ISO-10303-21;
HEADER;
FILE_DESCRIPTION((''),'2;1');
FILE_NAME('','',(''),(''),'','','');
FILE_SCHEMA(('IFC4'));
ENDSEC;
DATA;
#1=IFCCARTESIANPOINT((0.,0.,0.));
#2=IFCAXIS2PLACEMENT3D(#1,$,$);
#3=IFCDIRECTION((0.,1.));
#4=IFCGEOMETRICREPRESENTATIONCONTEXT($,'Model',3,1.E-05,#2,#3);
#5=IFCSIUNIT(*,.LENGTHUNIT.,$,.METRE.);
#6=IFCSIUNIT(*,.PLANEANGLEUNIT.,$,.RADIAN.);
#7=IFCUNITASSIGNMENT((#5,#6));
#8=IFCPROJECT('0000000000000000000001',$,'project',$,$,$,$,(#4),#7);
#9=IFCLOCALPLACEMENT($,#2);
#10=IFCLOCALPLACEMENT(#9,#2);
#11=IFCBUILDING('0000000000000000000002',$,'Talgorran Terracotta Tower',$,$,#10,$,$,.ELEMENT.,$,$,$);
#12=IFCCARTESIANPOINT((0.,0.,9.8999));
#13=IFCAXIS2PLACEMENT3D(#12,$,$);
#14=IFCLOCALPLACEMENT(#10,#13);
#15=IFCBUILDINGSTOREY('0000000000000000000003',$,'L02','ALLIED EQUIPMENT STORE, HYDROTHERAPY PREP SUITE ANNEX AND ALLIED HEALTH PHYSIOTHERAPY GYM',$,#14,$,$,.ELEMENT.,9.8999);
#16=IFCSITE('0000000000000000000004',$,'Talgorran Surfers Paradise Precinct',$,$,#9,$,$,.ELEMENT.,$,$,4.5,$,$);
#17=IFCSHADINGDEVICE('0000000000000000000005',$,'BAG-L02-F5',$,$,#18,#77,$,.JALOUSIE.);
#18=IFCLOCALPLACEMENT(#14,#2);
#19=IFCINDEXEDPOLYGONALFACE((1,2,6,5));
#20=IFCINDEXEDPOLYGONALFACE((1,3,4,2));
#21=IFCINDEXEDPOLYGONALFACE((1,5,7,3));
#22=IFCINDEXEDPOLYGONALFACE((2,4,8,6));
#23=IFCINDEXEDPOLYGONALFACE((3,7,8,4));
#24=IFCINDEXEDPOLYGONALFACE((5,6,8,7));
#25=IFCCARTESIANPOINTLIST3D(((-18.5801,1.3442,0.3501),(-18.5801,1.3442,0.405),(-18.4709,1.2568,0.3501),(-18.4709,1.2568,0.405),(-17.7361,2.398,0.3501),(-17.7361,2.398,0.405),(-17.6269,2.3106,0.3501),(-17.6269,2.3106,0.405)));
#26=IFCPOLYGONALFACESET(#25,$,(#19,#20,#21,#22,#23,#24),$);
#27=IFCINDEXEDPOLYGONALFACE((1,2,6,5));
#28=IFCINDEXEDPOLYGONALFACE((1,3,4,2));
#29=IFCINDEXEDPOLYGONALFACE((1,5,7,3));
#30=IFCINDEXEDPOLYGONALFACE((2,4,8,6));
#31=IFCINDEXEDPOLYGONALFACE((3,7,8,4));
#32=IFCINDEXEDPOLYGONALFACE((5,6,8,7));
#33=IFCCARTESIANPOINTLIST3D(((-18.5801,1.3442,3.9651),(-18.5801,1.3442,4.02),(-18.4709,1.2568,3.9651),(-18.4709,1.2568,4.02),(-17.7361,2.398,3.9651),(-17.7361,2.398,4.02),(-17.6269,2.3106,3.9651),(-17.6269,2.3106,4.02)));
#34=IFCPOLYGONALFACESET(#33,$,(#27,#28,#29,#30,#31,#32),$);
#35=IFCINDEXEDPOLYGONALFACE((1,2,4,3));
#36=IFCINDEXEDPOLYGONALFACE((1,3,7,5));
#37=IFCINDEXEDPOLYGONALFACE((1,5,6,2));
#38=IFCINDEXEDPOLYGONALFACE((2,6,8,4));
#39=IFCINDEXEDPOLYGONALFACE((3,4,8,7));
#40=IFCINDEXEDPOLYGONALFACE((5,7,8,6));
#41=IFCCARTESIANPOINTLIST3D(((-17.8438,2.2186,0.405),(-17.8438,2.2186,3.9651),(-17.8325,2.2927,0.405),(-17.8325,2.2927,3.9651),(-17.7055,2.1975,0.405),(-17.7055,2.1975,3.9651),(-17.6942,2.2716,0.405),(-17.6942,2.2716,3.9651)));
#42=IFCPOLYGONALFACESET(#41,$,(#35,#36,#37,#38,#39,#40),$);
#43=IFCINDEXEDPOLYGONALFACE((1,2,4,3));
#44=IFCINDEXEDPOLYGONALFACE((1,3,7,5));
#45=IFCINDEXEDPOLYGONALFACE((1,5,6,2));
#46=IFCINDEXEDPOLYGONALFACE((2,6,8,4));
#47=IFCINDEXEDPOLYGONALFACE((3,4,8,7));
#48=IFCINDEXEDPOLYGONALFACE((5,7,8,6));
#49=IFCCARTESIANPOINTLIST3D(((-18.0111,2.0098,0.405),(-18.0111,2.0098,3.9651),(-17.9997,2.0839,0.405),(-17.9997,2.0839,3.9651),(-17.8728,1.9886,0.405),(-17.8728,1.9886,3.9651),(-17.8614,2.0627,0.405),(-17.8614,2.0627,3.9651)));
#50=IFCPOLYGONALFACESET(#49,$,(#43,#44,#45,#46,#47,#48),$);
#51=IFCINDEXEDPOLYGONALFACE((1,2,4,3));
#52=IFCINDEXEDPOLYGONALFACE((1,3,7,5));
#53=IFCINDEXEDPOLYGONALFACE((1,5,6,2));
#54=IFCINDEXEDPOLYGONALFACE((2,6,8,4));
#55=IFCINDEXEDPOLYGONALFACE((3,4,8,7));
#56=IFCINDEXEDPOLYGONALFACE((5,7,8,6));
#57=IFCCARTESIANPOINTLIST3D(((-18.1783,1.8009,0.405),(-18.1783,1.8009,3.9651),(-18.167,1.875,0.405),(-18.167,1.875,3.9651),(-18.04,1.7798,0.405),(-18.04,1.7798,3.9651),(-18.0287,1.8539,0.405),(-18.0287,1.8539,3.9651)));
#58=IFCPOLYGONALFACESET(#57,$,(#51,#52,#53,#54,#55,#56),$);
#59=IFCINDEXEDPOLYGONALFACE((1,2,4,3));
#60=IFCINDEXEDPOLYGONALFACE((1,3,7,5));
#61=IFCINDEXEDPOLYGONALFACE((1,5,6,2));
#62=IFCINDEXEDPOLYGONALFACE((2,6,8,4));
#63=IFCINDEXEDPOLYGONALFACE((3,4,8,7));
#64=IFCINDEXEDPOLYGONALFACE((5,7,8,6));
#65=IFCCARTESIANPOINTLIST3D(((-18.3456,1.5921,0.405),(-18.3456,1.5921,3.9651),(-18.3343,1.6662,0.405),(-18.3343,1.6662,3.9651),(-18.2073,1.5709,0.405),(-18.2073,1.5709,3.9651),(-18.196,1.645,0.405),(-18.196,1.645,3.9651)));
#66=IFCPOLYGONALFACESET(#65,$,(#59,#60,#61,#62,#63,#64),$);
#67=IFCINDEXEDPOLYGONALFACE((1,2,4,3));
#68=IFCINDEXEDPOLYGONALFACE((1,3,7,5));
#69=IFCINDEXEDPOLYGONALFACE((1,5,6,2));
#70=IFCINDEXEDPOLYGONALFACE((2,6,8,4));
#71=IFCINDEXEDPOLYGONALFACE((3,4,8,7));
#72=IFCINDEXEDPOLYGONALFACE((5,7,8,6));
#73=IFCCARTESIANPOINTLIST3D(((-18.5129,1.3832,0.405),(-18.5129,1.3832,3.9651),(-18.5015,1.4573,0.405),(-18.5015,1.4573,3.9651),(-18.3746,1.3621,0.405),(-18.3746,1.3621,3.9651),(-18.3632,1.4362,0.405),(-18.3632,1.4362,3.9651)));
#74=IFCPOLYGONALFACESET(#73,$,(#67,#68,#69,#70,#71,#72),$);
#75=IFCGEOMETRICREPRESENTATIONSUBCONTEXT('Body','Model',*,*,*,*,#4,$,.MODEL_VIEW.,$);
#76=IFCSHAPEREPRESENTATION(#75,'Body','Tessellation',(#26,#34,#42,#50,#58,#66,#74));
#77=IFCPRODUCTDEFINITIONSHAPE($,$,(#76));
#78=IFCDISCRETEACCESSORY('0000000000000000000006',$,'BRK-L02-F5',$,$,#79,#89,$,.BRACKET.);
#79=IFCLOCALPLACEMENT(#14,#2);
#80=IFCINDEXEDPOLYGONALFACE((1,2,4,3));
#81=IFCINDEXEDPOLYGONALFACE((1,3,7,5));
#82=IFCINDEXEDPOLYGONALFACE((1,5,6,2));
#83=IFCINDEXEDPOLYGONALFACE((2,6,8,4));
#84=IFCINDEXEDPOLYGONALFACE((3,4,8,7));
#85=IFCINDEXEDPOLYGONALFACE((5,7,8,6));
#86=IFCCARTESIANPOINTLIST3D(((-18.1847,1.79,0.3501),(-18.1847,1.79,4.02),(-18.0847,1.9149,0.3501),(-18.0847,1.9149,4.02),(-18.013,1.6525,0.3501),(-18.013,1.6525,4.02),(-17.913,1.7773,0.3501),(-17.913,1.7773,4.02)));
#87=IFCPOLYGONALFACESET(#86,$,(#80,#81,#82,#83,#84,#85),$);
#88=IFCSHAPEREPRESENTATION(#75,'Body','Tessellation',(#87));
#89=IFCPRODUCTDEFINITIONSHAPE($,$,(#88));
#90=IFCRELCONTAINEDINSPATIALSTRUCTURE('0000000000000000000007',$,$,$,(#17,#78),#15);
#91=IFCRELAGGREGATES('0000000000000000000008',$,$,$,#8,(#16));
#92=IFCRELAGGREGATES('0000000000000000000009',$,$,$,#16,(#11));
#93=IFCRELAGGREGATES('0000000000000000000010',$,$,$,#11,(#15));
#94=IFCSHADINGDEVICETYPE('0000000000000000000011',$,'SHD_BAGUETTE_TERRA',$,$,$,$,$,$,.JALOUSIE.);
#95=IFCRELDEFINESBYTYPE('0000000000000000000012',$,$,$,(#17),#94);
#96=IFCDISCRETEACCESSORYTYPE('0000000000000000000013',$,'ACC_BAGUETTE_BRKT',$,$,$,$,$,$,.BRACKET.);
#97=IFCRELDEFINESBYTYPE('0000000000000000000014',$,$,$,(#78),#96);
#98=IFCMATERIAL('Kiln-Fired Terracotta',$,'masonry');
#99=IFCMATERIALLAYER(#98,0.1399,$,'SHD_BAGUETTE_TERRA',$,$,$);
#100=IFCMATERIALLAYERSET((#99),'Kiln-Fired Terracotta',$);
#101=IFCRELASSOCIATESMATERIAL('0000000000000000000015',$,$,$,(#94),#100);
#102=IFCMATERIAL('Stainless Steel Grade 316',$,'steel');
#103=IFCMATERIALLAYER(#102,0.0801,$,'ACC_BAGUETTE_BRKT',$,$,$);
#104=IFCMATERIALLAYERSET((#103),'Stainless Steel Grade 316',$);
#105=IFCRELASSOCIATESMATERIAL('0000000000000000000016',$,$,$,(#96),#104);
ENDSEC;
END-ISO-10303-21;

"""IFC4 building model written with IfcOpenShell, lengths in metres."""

from ifc_helpers import new_model, si_unit, direction, frame, origin, origin_2d, place, context, subcontext, project, spatial, rectangle, extrude, source, transform, mapped, material, layer, layer_set, type_object, type_shapes, element, save


model = new_model("IFC4")

# Units and contexts
model_context = context("Model", 3, precision=1e-05, world=origin(), true_north=direction((0.0, 1.0)))
body_context = subcontext(model_context, "Body", "Model", "MODEL_VIEW")
ifc_project = project(units=[si_unit("LENGTHUNIT", "METRE"), si_unit("PLANEANGLEUNIT", "RADIAN")], contexts=[model_context])

# Site, building, storey
site_placement = place(None, origin())
site = spatial("IfcSite", under=ifc_project, at=site_placement, Name="Talgorran Surfers Paradise Precinct", CompositionType="ELEMENT", RefElevation=4.5)
building_placement = place(site_placement, origin())
building = spatial("IfcBuilding", under=site, at=building_placement, Name="Talgorran Terracotta Tower", CompositionType="ELEMENT")
storey_placement = place(building_placement, frame((0.0, 0.0, 9.8999)))
storey = spatial("IfcBuildingStorey", under=building, at=storey_placement, Name="L02", Description="ALLIED EQUIPMENT STORE, HYDROTHERAPY PREP SUITE ANNEX AND ALLIED HEALTH PHYSIOTHERAPY GYM", CompositionType="ELEMENT", Elevation=9.8999)

# Shading device
ifc_material_1 = material(Name="Kiln-Fired Terracotta", Category="masonry")
ifc_layer_1 = layer(ifc_material_1, 0.1399, Name="SHD_BAGUETTE_TERRA")
ifc_layer_set_1 = layer_set([ifc_layer_1], Name="Kiln-Fired Terracotta")
shading_device_type = type_object("IfcShadingDeviceType", Name="SHD_BAGUETTE_TERRA", PredefinedType="JALOUSIE", material=ifc_layer_set_1)
shared_shape_1 = source(origin(), body_context, "Body", "SweptSolid", [
    extrude(rectangle(XDim=1.3501, YDim=0.1399, at=origin_2d()), origin(), (0.0, 0.0, 1.0), 0.0549),
    extrude(rectangle(XDim=1.3501, YDim=0.1399, at=origin_2d()), frame((0.0, 0.0, 3.615)), (0.0, 0.0, 1.0), 0.0549),
    extrude(rectangle(XDim=0.075, YDim=0.1399, at=origin_2d()), frame((-0.5352, 0.0, 0.0549), z_axis=(0.0, 0.0, 1.0), x_axis=(0.866025, 0.5, 0.0)), (0.0, 0.0, 1.0), 3.5601),
    extrude(rectangle(XDim=0.075, YDim=0.1399, at=origin_2d()), frame((-0.2676, 0.0, 0.0549), z_axis=(0.0, 0.0, 1.0), x_axis=(0.866025, 0.5, 0.0)), (0.0, 0.0, 1.0), 3.5601),
    extrude(rectangle(XDim=0.075, YDim=0.1399, at=origin_2d()), frame((0.0, 0.0, 0.0549), z_axis=(0.0, 0.0, 1.0), x_axis=(0.866025, 0.5, 0.0)), (0.0, 0.0, 1.0), 3.5601),
    extrude(rectangle(XDim=0.075, YDim=0.1399, at=origin_2d()), frame((0.2676, 0.0, 0.0549), z_axis=(0.0, 0.0, 1.0), x_axis=(0.866025, 0.5, 0.0)), (0.0, 0.0, 1.0), 3.5601),
    extrude(rectangle(XDim=0.075, YDim=0.1399, at=origin_2d()), frame((0.5352, 0.0, 0.0549), z_axis=(0.0, 0.0, 1.0), x_axis=(0.866025, 0.5, 0.0)), (0.0, 0.0, 1.0), 3.5601),
])
type_shapes(shading_device_type, [shared_shape_1])
shading_device_placement = place(storey_placement, frame((-18.1035, 1.8274, 0.3501), z_axis=(0.0, 0.0, 1.0), x_axis=(-0.62512, -0.780529, 0.0)))
element("IfcShadingDevice", 1, at=shading_device_placement, inside=storey, type_object=shading_device_type, Name="BAG-L02-F5", PredefinedType="JALOUSIE", context=body_context, shape_type="MappedRepresentation", body=[
    mapped(shared_shape_1, transform((0.0, 0.0, 0.0), scale=1.0)),
])

# Discrete accessory
ifc_material_2 = material(Name="Stainless Steel Grade 316", Category="steel")
ifc_layer_2 = layer(ifc_material_2, 0.0801, Name="ACC_BAGUETTE_BRKT")
ifc_layer_set_2 = layer_set([ifc_layer_2], Name="Stainless Steel Grade 316")
discrete_accessory_type = type_object("IfcDiscreteAccessoryType", Name="ACC_BAGUETTE_BRKT", PredefinedType="BRACKET", material=ifc_layer_set_2)
shared_shape_2 = source(origin(), body_context, "Body", "SweptSolid", [
    extrude(rectangle(XDim=0.1599, YDim=0.22, at=origin_2d()), origin(), (0.0, 0.0, 1.0), 3.6699),
])
type_shapes(discrete_accessory_type, [shared_shape_2])
discrete_accessory_placement = place(storey_placement, frame((-18.0488, 1.7837, 0.3501), z_axis=(0.0, 0.0, 1.0), x_axis=(-0.62512, -0.780529, 0.0)))
element("IfcDiscreteAccessory", 2, at=discrete_accessory_placement, inside=storey, type_object=discrete_accessory_type, Name="BRK-L02-F5", PredefinedType="BRACKET", context=body_context, shape_type="MappedRepresentation", body=[
    mapped(shared_shape_2, transform((0.0, 0.0, 0.0), scale=1.0)),
])

save(model, "model.ifc")
